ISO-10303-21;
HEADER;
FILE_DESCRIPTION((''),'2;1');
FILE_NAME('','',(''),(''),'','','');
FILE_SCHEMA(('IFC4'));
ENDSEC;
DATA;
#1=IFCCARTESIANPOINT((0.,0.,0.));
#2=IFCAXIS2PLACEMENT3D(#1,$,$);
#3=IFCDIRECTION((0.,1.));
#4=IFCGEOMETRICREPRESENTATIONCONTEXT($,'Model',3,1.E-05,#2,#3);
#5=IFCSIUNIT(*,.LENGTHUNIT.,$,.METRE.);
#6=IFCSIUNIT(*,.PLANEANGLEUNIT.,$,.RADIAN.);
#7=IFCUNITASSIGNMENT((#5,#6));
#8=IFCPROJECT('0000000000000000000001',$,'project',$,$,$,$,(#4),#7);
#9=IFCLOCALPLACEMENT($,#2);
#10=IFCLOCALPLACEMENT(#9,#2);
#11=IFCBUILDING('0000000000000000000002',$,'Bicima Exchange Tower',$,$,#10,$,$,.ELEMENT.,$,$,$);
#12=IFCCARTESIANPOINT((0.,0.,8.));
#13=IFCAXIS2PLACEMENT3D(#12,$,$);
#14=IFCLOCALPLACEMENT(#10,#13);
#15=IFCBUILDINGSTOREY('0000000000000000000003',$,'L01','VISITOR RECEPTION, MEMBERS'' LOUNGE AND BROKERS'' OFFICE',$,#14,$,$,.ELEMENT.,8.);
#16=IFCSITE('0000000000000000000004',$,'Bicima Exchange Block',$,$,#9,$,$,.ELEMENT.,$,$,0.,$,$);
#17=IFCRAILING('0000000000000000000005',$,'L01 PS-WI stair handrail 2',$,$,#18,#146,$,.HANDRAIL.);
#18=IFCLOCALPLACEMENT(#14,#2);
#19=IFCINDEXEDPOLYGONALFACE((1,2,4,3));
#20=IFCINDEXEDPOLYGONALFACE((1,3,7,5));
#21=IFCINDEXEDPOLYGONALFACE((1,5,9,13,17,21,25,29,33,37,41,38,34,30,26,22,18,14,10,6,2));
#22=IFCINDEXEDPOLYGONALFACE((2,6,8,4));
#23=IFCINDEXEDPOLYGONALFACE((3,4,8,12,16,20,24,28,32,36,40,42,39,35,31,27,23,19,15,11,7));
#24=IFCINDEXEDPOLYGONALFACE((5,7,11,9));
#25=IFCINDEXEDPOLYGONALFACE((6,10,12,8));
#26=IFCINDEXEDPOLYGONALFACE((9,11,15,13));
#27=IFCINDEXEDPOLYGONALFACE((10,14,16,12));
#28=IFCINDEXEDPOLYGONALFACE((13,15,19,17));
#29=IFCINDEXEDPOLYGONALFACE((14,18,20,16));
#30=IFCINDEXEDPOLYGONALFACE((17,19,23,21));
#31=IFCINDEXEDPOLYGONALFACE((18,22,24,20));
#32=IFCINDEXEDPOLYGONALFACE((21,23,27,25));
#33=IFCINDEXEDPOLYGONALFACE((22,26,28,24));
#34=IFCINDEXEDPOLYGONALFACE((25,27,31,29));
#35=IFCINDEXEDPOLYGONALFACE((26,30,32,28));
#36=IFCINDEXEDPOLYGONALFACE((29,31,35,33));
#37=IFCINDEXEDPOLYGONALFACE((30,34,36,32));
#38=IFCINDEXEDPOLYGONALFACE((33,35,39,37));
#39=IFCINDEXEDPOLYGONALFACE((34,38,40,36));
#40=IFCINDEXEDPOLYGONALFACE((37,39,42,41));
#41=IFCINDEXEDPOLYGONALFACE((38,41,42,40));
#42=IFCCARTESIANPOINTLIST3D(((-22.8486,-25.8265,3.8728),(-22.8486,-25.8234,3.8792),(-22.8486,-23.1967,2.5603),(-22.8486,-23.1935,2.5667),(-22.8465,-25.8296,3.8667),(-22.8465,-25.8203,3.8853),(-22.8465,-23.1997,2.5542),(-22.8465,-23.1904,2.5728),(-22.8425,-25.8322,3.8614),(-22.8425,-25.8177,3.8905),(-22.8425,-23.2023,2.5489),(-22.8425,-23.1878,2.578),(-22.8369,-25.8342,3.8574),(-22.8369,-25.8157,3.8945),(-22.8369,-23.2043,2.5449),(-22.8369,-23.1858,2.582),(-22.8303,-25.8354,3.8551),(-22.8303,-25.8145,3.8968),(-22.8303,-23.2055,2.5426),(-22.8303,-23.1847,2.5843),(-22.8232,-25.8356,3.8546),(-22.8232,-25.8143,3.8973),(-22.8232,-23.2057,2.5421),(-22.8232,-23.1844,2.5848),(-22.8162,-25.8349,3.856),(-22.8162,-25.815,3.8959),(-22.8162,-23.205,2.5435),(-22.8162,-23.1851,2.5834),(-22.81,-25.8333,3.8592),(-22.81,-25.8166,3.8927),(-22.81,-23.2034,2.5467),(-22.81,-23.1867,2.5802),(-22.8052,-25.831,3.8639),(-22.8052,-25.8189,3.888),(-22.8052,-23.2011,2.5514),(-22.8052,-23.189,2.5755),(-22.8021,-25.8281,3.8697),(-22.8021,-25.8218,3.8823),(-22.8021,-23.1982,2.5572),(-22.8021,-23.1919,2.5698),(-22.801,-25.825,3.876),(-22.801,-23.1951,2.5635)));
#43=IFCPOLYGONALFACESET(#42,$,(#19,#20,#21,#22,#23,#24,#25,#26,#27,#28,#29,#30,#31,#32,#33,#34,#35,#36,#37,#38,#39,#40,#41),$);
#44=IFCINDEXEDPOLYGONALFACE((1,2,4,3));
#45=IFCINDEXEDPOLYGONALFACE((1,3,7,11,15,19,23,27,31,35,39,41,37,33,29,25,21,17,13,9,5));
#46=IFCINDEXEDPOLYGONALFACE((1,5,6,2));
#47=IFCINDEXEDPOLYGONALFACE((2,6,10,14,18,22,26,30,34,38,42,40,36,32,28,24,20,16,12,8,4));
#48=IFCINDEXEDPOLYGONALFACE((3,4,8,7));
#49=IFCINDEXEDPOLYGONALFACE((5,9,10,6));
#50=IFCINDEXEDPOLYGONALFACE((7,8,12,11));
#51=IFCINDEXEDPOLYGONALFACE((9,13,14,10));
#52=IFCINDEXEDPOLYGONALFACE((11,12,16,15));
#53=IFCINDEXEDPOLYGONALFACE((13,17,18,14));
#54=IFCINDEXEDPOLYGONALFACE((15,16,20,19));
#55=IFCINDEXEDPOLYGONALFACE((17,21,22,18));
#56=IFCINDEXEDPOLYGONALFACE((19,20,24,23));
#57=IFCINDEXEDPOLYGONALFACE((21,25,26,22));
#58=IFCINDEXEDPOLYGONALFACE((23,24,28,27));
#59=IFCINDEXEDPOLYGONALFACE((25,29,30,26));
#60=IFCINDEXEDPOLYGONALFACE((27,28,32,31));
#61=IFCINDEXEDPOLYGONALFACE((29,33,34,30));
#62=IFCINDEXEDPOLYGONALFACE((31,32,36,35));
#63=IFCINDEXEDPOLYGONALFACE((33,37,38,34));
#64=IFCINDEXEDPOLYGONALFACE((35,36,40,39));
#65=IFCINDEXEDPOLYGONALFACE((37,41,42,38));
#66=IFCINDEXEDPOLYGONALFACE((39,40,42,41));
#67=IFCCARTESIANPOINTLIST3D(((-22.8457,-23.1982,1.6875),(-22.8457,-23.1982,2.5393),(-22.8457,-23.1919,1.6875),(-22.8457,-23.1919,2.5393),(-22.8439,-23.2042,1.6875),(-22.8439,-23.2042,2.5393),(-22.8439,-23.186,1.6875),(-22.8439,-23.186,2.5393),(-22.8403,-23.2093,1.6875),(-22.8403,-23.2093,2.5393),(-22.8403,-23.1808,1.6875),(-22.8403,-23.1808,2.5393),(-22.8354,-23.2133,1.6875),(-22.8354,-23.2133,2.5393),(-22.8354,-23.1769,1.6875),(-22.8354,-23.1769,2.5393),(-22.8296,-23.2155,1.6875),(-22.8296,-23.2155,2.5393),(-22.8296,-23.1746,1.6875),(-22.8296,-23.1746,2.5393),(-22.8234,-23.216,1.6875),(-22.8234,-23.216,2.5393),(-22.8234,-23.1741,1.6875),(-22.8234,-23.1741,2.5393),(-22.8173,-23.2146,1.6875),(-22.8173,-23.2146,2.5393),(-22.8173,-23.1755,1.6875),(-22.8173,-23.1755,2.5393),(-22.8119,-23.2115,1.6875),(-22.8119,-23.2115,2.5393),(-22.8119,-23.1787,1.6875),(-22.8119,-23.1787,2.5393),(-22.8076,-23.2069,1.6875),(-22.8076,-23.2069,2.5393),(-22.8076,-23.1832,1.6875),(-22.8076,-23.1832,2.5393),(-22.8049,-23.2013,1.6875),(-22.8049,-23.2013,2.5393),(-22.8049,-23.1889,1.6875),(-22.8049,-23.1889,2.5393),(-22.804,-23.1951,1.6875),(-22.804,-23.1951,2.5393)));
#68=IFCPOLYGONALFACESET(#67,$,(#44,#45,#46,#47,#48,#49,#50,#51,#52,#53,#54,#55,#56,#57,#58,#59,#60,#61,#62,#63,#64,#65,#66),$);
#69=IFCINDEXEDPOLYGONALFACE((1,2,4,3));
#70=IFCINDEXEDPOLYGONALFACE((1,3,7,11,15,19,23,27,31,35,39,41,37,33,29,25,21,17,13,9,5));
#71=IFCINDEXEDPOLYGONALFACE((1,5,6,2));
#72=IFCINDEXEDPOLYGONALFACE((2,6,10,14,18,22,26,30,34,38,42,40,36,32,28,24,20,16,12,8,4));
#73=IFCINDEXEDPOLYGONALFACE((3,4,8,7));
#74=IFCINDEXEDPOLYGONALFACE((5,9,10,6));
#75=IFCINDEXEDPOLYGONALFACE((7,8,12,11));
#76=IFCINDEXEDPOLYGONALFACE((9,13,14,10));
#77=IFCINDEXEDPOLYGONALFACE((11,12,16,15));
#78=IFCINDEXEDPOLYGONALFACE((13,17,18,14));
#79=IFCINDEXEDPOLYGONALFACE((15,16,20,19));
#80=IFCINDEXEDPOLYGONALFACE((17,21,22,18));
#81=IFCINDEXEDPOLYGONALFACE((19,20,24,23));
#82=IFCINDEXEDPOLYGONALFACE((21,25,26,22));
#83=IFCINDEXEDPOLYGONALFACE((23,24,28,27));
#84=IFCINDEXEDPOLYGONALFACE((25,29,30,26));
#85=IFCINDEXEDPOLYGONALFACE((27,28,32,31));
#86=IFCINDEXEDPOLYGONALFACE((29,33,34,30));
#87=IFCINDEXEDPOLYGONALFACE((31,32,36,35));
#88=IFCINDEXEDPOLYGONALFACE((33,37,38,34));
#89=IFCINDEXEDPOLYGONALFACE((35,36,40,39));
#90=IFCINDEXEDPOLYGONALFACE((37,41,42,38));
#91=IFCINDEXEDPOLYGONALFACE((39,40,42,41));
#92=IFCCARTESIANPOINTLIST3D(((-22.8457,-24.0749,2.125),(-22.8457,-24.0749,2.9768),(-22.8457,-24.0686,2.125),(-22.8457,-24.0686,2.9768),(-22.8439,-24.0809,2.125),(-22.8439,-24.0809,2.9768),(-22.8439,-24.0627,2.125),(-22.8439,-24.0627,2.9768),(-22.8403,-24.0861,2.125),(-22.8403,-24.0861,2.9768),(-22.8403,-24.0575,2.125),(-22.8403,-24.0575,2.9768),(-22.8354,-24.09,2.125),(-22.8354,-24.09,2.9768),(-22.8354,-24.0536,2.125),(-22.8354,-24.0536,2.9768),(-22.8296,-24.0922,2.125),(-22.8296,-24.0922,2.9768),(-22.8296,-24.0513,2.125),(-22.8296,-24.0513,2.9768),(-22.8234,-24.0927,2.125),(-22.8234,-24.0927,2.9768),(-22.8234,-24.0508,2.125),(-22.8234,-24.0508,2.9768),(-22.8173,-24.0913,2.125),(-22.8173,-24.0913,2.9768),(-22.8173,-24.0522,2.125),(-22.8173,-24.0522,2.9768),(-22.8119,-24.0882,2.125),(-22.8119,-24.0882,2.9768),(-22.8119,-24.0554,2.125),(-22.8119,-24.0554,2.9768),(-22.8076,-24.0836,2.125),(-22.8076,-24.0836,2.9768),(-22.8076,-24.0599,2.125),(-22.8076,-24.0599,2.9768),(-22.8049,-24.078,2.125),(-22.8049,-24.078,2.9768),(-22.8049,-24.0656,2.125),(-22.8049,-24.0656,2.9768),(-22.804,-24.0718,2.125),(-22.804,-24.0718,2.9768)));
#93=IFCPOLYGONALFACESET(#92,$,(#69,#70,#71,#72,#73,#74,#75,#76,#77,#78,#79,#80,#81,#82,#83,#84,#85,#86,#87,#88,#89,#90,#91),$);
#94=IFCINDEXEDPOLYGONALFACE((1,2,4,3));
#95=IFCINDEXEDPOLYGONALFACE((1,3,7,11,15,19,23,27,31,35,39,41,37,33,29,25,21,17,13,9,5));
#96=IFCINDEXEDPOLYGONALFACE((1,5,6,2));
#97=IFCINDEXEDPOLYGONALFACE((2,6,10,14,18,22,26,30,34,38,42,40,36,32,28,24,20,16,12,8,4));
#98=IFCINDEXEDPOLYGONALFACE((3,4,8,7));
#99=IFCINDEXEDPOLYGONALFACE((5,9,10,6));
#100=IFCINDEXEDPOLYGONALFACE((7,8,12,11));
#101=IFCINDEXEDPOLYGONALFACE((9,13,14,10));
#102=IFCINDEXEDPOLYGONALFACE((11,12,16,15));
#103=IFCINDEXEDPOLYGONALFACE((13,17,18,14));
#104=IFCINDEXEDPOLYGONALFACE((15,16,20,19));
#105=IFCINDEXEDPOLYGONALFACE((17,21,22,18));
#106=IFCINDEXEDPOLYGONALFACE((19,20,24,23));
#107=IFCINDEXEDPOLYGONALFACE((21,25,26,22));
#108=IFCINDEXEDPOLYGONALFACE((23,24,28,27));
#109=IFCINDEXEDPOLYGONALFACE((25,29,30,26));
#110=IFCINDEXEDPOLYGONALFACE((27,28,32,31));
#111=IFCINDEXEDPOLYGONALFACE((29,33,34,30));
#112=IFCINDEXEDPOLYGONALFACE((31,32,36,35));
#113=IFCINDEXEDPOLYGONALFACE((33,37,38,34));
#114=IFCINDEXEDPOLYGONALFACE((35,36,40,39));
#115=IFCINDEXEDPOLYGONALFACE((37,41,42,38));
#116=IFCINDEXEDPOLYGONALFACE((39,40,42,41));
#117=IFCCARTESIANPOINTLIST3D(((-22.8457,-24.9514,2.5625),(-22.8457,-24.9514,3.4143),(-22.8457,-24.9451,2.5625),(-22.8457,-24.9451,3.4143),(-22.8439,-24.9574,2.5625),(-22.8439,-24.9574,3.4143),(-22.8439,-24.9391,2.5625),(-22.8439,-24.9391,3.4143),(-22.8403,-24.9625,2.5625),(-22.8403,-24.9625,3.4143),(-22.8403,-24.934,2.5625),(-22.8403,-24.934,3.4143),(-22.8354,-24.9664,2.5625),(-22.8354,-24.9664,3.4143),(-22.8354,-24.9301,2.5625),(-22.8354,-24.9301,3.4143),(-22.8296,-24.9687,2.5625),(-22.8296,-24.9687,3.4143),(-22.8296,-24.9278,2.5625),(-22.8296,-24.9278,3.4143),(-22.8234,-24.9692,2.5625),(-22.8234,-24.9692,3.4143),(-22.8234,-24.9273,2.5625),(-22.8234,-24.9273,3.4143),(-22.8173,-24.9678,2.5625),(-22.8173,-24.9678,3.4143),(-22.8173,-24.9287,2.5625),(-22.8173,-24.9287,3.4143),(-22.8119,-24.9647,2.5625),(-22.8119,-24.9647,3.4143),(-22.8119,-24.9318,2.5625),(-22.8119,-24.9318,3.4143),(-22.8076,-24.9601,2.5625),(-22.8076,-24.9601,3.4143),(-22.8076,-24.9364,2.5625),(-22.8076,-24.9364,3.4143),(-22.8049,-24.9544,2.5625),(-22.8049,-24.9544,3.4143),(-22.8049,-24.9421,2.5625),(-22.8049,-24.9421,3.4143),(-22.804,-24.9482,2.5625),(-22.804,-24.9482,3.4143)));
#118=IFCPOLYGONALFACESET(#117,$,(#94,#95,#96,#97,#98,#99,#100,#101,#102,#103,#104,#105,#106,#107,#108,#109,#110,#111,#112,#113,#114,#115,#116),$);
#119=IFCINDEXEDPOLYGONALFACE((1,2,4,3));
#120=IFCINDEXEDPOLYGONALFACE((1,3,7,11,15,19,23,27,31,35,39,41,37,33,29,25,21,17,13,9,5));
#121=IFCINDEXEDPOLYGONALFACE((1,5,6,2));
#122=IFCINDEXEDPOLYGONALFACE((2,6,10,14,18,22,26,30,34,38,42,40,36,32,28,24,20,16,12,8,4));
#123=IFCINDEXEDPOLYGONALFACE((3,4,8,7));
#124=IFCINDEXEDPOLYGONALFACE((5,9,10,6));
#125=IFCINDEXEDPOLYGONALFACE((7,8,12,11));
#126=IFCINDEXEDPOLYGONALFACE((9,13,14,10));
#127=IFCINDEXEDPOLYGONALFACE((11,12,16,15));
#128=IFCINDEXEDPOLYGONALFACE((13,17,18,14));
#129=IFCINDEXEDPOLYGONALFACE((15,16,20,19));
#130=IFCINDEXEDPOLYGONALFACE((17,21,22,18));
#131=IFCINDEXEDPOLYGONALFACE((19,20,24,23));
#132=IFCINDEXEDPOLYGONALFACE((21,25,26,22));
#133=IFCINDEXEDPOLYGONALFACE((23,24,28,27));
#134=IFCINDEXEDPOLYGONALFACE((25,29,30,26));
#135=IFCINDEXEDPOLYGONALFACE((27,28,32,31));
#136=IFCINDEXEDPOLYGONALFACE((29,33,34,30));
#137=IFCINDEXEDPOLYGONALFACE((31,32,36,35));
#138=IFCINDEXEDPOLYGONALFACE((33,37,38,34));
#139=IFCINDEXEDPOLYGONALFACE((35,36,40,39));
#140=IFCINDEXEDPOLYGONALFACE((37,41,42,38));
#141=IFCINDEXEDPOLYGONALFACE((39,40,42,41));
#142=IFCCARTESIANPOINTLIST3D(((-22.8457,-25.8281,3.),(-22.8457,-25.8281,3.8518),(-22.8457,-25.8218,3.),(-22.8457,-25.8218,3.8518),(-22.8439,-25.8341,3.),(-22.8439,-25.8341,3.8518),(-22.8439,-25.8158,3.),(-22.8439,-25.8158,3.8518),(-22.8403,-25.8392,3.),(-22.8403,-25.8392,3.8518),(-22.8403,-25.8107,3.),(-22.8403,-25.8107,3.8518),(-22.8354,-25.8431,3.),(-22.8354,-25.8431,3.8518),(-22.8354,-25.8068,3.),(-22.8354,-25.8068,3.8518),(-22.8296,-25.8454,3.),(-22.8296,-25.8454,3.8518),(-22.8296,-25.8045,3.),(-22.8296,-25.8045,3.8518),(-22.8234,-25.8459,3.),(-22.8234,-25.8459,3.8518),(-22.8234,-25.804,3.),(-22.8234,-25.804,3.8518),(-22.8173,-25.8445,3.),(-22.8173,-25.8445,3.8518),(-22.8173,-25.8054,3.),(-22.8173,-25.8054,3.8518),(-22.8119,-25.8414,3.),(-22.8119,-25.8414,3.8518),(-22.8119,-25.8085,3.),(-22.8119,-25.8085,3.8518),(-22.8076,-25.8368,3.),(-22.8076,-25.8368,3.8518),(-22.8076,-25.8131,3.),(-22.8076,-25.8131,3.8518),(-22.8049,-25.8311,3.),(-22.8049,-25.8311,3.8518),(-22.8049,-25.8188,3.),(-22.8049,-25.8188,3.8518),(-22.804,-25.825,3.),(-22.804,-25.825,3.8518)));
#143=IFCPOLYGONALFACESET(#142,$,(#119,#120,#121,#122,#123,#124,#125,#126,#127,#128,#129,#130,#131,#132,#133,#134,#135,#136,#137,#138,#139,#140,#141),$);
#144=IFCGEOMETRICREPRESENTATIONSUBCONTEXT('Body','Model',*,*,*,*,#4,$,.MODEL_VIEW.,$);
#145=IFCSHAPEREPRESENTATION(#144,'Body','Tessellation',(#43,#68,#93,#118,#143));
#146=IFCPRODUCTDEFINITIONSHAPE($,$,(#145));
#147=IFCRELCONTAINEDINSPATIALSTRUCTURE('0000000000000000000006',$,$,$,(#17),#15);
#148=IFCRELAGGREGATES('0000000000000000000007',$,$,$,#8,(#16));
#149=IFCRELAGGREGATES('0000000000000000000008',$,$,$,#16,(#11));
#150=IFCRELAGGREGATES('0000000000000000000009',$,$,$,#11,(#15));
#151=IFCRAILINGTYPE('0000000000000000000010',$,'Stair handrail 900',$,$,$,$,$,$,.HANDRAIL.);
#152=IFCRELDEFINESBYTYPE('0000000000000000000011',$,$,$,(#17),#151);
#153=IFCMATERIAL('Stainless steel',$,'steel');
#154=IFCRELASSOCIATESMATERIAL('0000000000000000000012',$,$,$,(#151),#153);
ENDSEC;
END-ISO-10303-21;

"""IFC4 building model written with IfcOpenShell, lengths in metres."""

from ifc_helpers import new_model, si_unit, direction, frame, origin, origin_2d, place, context, subcontext, project, spatial, circle, extrude, material, type_object, element, save


model = new_model("IFC4")

# Units and contexts
model_context = context("Model", 3, precision=1e-05, world=origin(), true_north=direction((0.0, 1.0)))
body_context = subcontext(model_context, "Body", "Model", "MODEL_VIEW")
ifc_project = project(units=[si_unit("LENGTHUNIT", "METRE"), si_unit("PLANEANGLEUNIT", "RADIAN")], contexts=[model_context])

# Site, building, storey
site_placement = place(None, origin())
site = spatial("IfcSite", under=ifc_project, at=site_placement, Name="Bicima Exchange Block", CompositionType="ELEMENT", RefElevation=0.0)
building_placement = place(site_placement, origin())
building = spatial("IfcBuilding", under=site, at=building_placement, Name="Bicima Exchange Tower", CompositionType="ELEMENT")
storey_placement = place(building_placement, frame((0.0, 0.0, 8.0)))
storey = spatial("IfcBuildingStorey", under=building, at=storey_placement, Name="L01", Description="VISITOR RECEPTION, MEMBERS' LOUNGE AND BROKERS' OFFICE", CompositionType="ELEMENT", Elevation=8.0)

# Shared definitions
ifc_material_1 = material(Name="Stainless steel", Category="steel")

# Railing
railing_type_1 = type_object("IfcRailingType", Name="Stair handrail 900", PredefinedType="HANDRAIL", material=ifc_material_1)
for number, where, name in (
    (1, (-22.825, -23.1951, 1.6875), "L01 PS-WI stair handrail 2"),
):
    element("IfcRailing", number, at=place(storey_placement, frame(where)), inside=storey, type_object=railing_type_1, Name=name, PredefinedType="HANDRAIL", context=body_context, shape_type="SweptSolid", body=[
        extrude(circle(Radius=0.0239, at=origin_2d()), frame((0.0, 0.0, 0.876), z_axis=(0.0, -0.894759, 0.446549), x_axis=(1.0, 0.0, 0.0)), (0.0, 0.0, 1.0), 2.9392),
        extrude(circle(Radius=0.021, at=origin_2d()), origin(), (0.0, 0.0, 1.0), 0.8518),
        extrude(circle(Radius=0.021, at=origin_2d()), frame((0.0, -0.8767, 0.4375)), (0.0, 0.0, 1.0), 0.8518),
        extrude(circle(Radius=0.021, at=origin_2d()), frame((0.0, -1.7532, 0.875)), (0.0, 0.0, 1.0), 0.8518),
        extrude(circle(Radius=0.021, at=origin_2d()), frame((0.0, -2.6299, 1.3125)), (0.0, 0.0, 1.0), 0.8518),
    ])

save(model, "model.ifc")
